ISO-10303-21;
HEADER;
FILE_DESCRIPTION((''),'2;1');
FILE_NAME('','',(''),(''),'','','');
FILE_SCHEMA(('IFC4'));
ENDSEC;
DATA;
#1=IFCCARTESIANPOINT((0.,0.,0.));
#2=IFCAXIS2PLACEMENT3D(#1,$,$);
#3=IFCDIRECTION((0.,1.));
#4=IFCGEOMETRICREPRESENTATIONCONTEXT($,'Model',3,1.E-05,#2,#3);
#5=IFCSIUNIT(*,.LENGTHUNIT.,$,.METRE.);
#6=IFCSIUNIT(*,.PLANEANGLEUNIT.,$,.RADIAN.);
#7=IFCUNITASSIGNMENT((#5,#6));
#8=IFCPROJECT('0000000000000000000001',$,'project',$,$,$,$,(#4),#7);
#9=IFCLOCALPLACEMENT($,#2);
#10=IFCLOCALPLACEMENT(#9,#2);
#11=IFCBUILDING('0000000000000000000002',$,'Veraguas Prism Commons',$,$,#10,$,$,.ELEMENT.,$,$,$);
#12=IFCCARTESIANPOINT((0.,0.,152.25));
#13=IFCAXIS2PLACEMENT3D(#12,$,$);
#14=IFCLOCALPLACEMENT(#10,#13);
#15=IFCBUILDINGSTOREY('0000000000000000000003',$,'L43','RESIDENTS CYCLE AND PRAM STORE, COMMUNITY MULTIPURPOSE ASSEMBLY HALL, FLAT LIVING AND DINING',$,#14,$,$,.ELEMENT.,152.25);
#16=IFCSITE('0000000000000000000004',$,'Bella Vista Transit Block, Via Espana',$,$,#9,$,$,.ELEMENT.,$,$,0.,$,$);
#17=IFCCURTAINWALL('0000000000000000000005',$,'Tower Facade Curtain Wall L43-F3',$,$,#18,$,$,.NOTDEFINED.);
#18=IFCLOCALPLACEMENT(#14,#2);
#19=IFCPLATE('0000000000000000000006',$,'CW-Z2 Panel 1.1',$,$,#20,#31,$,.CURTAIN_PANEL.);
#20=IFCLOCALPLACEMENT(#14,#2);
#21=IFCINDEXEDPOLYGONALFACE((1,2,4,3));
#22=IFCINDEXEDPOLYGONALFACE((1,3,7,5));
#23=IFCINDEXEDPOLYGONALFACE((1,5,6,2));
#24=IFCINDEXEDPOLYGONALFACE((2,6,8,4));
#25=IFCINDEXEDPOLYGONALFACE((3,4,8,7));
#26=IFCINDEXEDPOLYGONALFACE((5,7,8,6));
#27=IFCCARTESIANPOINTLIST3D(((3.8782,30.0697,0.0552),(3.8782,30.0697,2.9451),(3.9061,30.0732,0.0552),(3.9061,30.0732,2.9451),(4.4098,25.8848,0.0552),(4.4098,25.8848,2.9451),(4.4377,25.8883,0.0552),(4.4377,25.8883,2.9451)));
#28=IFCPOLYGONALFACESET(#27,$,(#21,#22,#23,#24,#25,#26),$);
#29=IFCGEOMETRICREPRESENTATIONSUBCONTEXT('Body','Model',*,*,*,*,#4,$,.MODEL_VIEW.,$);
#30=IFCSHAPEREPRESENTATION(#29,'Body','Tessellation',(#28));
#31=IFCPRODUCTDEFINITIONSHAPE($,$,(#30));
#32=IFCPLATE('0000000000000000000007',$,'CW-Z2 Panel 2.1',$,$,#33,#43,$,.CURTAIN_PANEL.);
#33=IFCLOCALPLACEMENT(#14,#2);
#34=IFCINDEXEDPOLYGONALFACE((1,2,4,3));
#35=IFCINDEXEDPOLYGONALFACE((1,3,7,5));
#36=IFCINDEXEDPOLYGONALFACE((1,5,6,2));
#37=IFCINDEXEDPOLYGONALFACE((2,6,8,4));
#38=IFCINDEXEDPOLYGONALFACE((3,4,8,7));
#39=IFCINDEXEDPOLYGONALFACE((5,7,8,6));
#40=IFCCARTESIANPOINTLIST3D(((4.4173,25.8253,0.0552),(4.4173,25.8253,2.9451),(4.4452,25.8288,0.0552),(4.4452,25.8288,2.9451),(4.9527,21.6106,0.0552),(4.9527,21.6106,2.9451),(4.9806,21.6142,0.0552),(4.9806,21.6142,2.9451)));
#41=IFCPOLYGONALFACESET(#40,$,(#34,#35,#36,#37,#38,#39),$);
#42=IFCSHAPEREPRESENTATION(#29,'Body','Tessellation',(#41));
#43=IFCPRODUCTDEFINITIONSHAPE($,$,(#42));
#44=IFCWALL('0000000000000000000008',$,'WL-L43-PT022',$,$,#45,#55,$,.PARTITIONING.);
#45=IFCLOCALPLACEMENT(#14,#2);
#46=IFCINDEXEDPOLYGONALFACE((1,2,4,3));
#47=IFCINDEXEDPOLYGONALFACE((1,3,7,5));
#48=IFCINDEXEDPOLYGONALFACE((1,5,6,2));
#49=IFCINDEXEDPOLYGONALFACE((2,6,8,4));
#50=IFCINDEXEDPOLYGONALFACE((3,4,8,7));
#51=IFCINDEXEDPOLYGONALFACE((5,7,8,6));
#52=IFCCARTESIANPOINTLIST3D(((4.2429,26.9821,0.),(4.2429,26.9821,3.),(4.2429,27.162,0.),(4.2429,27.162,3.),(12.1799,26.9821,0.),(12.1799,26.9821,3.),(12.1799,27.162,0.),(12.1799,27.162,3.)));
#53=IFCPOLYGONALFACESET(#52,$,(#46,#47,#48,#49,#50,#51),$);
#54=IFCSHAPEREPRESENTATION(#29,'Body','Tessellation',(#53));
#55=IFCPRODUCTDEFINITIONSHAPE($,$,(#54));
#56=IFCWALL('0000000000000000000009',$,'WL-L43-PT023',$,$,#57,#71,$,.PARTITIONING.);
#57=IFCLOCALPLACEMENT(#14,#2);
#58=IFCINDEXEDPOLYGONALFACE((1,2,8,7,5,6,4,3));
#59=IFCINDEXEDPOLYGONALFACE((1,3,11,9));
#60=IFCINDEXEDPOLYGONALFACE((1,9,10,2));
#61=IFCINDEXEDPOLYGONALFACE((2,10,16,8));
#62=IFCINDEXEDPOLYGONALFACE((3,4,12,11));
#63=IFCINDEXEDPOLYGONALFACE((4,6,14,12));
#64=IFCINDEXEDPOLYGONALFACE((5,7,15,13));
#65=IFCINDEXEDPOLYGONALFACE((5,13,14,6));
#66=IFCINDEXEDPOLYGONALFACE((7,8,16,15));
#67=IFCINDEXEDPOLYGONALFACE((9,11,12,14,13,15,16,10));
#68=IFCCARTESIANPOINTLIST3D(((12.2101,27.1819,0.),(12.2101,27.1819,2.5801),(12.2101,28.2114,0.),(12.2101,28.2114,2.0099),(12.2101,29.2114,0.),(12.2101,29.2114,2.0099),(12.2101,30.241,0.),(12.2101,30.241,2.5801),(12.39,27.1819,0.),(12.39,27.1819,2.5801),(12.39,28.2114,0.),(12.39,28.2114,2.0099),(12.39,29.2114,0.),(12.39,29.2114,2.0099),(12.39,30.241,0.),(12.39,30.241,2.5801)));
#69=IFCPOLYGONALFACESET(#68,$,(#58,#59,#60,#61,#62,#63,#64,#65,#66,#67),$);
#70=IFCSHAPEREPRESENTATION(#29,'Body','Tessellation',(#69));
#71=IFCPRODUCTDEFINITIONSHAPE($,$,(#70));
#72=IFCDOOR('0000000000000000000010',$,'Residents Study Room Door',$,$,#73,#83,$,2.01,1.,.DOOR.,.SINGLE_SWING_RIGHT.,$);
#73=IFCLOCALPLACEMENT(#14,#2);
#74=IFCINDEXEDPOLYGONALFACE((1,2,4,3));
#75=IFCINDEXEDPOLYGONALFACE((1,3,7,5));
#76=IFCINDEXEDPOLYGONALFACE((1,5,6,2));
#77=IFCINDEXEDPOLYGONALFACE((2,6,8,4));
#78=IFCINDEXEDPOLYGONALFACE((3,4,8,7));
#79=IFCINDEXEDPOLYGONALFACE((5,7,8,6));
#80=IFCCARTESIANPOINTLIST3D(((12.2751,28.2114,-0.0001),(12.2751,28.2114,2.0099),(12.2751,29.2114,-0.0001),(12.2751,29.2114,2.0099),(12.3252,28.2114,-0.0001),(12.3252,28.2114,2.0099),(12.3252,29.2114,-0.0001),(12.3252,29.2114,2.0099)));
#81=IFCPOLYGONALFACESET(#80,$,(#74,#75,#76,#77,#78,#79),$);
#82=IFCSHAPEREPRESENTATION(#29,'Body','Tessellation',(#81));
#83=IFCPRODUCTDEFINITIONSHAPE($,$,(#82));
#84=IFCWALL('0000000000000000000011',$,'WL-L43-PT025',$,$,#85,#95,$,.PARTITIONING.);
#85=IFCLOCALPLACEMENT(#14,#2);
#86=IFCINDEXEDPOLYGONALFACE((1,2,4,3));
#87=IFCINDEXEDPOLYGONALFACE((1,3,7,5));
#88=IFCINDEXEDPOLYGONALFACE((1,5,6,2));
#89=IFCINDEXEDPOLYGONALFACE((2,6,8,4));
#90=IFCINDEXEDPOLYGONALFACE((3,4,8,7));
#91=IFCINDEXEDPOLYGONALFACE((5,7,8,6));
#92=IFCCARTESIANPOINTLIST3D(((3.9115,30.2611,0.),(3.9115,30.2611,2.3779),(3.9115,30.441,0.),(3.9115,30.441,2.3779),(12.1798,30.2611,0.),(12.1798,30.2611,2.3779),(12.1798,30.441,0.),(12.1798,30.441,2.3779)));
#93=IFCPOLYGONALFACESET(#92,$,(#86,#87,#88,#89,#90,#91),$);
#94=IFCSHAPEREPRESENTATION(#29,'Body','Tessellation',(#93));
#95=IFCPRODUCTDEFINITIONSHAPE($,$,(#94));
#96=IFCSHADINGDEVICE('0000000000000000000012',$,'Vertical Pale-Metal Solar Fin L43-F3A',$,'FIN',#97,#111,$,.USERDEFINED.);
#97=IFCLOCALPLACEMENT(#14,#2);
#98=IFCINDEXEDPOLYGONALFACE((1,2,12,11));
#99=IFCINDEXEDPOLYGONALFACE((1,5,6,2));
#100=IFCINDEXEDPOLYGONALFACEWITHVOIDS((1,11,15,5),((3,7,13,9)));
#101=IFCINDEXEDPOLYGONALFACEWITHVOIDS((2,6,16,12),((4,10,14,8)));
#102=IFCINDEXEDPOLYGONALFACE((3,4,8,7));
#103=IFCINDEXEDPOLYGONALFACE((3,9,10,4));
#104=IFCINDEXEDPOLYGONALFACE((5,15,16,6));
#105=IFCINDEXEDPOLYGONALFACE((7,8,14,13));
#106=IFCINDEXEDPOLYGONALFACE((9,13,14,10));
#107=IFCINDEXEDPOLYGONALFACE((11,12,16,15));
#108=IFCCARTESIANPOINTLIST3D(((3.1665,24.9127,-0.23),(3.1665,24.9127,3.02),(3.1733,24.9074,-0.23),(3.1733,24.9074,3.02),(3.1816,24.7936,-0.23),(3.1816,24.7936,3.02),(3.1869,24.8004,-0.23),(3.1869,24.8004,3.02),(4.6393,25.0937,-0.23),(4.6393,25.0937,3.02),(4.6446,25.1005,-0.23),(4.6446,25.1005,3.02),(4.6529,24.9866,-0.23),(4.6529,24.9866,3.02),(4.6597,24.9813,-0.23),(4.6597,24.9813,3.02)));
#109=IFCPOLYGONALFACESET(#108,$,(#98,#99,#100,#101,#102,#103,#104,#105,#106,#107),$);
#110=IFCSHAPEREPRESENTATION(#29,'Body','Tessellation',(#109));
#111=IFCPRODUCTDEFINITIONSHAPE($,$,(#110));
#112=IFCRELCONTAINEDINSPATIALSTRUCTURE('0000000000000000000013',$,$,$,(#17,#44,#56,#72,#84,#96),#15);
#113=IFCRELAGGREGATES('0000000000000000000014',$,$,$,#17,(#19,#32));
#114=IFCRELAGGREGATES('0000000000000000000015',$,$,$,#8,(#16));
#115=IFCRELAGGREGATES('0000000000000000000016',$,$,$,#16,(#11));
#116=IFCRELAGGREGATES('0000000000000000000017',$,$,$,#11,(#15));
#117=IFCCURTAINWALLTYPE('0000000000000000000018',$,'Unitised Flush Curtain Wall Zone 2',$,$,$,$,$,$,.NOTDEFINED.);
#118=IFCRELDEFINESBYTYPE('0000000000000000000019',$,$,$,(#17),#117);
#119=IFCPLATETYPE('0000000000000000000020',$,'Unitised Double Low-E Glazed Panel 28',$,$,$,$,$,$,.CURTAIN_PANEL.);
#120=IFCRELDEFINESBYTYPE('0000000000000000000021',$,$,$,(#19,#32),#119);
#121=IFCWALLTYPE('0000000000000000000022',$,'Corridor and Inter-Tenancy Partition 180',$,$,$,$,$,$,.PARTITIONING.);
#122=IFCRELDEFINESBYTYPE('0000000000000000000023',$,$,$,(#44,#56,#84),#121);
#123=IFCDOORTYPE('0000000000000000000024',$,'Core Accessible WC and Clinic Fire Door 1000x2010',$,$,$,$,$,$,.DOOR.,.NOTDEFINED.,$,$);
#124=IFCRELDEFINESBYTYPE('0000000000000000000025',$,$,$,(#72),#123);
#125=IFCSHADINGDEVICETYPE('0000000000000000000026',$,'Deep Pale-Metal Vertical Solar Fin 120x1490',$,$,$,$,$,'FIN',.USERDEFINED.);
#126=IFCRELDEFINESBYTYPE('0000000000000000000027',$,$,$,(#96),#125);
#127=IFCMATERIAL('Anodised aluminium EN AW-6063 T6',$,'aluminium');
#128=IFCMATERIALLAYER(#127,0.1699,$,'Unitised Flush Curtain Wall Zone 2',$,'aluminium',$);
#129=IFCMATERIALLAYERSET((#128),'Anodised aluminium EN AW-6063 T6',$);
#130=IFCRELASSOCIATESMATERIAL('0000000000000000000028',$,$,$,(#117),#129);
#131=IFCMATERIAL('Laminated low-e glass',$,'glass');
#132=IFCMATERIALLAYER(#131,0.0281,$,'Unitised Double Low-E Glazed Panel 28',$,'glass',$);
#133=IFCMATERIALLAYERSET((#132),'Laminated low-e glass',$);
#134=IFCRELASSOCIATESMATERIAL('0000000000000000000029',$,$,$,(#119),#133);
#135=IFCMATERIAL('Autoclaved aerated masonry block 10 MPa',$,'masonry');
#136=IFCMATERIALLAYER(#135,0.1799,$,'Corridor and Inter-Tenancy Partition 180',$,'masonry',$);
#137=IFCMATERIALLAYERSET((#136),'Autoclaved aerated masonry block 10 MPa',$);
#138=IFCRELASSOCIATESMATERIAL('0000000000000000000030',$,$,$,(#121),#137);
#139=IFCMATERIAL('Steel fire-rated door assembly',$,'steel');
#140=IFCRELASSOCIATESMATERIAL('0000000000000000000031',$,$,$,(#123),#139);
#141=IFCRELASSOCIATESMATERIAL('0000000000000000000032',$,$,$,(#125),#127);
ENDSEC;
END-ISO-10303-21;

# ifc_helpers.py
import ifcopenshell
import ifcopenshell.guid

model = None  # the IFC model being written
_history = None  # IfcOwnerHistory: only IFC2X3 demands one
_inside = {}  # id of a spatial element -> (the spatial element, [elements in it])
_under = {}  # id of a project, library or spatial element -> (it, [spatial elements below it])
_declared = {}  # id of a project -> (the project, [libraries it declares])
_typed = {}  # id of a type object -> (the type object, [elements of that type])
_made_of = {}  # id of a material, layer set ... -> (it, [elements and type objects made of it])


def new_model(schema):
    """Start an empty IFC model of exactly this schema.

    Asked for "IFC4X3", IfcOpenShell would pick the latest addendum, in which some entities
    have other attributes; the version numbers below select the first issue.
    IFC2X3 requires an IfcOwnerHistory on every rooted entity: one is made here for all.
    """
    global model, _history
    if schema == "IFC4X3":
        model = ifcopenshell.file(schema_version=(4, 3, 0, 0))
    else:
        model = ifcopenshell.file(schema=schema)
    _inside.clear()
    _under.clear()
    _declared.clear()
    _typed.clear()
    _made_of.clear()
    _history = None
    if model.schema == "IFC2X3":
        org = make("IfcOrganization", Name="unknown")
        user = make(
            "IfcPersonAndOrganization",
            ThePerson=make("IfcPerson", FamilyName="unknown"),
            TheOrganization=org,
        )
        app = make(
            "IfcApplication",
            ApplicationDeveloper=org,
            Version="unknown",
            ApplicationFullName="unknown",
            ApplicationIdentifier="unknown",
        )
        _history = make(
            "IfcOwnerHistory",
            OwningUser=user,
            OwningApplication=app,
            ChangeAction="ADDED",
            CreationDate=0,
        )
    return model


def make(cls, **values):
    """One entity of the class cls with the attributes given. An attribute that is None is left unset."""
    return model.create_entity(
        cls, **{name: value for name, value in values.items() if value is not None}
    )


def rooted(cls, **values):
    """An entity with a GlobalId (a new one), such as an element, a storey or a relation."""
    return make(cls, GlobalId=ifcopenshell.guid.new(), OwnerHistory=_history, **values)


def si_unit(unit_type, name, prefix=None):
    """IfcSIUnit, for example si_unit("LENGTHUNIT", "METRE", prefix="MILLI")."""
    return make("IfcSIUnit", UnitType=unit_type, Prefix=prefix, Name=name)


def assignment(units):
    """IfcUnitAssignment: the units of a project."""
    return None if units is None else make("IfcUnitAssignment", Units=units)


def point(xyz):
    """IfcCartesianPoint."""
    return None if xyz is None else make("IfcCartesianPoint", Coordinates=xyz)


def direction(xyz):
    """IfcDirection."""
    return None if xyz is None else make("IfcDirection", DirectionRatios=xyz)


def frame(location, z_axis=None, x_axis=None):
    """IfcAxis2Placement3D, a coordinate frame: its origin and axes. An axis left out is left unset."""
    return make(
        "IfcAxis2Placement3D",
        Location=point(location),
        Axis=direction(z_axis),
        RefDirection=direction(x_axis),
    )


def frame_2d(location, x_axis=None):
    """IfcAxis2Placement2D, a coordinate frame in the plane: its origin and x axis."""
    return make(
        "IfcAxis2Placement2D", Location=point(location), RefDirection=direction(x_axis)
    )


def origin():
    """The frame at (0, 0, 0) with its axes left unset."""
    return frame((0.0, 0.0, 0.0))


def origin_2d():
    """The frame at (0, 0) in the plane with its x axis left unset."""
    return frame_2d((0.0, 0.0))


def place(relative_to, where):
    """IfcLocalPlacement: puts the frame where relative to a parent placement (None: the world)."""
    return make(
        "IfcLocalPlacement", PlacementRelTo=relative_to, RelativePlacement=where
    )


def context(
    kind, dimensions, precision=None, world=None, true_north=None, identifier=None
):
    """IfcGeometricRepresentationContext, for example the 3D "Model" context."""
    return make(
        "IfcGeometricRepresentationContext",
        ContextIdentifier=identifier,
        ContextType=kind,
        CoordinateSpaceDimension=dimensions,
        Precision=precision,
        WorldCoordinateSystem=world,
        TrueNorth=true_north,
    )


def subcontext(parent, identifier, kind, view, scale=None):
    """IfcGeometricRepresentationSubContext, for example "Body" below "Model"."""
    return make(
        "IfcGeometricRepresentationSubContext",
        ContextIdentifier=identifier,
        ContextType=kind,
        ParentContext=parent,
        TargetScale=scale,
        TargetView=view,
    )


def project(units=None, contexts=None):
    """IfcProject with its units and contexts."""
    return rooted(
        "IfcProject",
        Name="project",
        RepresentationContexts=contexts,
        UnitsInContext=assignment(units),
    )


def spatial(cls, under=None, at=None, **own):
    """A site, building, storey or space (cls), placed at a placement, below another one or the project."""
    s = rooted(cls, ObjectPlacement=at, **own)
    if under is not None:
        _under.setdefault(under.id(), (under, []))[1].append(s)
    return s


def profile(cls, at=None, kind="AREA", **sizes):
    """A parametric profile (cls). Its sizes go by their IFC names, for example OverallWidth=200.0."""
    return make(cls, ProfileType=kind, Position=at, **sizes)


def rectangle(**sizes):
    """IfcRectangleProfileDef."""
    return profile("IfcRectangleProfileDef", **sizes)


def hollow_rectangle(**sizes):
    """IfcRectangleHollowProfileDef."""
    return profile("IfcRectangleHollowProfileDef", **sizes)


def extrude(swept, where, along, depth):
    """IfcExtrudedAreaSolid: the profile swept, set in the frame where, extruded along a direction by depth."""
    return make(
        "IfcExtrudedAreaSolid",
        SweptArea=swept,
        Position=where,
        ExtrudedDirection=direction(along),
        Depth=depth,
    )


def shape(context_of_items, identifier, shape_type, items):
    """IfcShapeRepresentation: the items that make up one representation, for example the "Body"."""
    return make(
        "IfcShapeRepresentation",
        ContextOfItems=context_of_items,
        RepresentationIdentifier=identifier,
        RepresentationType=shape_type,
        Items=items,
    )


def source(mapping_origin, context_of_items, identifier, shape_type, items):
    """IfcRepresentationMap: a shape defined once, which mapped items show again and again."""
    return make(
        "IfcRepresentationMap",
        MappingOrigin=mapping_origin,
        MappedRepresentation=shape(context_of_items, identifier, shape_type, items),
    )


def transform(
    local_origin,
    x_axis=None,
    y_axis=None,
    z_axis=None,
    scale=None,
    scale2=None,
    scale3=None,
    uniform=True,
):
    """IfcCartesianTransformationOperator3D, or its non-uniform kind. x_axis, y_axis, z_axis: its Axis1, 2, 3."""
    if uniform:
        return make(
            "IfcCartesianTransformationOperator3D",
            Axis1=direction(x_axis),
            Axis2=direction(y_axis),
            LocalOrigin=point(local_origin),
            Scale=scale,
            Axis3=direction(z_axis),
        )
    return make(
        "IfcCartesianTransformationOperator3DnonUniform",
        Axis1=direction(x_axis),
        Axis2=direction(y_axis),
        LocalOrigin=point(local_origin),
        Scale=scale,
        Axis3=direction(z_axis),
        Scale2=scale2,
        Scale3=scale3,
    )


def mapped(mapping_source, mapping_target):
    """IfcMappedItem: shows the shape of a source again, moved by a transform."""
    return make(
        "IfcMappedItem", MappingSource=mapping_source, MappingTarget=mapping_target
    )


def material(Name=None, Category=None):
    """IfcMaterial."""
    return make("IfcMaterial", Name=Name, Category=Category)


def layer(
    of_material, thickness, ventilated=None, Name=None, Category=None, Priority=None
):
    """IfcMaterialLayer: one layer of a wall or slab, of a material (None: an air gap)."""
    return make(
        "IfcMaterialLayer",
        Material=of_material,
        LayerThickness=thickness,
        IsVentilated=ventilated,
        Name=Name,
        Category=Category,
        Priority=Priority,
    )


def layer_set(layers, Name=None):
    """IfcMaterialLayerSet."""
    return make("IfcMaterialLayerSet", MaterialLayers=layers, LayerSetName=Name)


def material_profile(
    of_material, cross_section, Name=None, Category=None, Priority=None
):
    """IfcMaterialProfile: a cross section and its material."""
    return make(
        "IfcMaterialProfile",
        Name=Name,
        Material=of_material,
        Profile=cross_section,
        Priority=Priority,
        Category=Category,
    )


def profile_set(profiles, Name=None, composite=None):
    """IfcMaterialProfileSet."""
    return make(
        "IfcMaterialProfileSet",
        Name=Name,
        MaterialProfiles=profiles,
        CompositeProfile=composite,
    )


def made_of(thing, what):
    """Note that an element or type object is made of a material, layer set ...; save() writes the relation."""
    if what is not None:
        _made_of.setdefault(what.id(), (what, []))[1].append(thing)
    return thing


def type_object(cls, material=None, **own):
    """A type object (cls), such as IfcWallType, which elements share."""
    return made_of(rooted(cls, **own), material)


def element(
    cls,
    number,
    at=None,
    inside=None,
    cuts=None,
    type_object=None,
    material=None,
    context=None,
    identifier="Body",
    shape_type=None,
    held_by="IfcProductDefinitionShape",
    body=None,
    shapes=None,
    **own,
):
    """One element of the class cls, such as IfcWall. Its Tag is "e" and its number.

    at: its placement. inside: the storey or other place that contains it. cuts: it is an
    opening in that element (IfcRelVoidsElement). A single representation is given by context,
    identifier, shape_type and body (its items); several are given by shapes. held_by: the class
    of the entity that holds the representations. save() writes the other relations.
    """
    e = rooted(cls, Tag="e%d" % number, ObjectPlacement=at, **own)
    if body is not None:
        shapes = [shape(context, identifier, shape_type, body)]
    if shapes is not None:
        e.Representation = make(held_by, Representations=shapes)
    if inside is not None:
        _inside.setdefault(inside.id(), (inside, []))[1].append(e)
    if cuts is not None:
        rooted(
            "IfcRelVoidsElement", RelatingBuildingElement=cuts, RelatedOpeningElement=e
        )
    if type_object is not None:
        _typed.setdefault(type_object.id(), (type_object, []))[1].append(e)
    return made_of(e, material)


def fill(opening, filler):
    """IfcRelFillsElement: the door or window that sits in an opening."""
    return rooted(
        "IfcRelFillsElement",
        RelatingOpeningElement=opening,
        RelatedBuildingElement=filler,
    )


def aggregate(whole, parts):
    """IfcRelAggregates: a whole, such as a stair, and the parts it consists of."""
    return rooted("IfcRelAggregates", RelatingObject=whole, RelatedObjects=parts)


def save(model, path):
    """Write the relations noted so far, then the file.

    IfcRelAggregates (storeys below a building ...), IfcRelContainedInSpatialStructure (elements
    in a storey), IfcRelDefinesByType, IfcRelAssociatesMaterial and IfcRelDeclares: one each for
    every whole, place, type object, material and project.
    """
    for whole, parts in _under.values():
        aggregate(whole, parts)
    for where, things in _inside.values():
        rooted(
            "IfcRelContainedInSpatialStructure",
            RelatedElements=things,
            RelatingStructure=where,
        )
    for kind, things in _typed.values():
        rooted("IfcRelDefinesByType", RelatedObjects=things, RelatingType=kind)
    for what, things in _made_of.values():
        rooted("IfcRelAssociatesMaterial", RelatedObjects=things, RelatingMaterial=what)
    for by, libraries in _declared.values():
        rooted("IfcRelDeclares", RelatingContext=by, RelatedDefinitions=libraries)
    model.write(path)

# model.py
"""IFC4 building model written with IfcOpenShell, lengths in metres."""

from ifc_helpers import new_model, si_unit, direction, frame, frame_2d, origin, origin_2d, place, context, subcontext, project, spatial, rectangle, hollow_rectangle, extrude, source, transform, mapped, material, layer, layer_set, material_profile, profile_set, type_object, element, fill, aggregate, save


model = new_model("IFC4")

# Units and contexts
model_context = context("Model", 3, precision=1e-05, world=origin(), true_north=direction((0.0, 1.0)))
body_context = subcontext(model_context, "Body", "Model", "MODEL_VIEW")
ifc_project = project(units=[si_unit("LENGTHUNIT", "METRE"), si_unit("PLANEANGLEUNIT", "RADIAN")], contexts=[model_context])

# Site, building, storey
site_placement = place(None, origin())
site = spatial("IfcSite", under=ifc_project, at=site_placement, Name="Bella Vista Transit Block, Via Espana", CompositionType="ELEMENT", RefElevation=0.0)
building_placement = place(site_placement, origin())
building = spatial("IfcBuilding", under=site, at=building_placement, Name="Veraguas Prism Commons", CompositionType="ELEMENT")
storey_placement = place(building_placement, frame((0.0, 0.0, 152.25)))
storey = spatial("IfcBuildingStorey", under=building, at=storey_placement, Name="L43", Description="RESIDENTS CYCLE AND PRAM STORE, COMMUNITY MULTIPURPOSE ASSEMBLY HALL, FLAT LIVING AND DINING", CompositionType="ELEMENT", Elevation=152.25)

# Curtain wall
ifc_material_1 = material(Name="Anodised aluminium EN AW-6063 T6", Category="aluminium")
ifc_layer_1 = layer(ifc_material_1, 0.1699, Name="Unitised Flush Curtain Wall Zone 2", Category="aluminium")
ifc_layer_set_1 = layer_set([ifc_layer_1], Name="Anodised aluminium EN AW-6063 T6")
curtain_wall_type = type_object("IfcCurtainWallType", Name="Unitised Flush Curtain Wall Zone 2", PredefinedType="NOTDEFINED", material=ifc_layer_set_1)
curtain_wall_1_placement = place(storey_placement, origin())
curtain_wall_1 = element("IfcCurtainWall", 1, at=curtain_wall_1_placement, inside=storey, type_object=curtain_wall_type, Name="Tower Facade Curtain Wall L43-F3", PredefinedType="NOTDEFINED")

# Plates
ifc_material_2 = material(Name="Laminated low-e glass", Category="glass")
ifc_layer_2 = layer(ifc_material_2, 0.0281, Name="Unitised Double Low-E Glazed Panel 28", Category="glass")
ifc_layer_set_2 = layer_set([ifc_layer_2], Name="Laminated low-e glass")
plate_type = type_object("IfcPlateType", Name="Unitised Double Low-E Glazed Panel 28", PredefinedType="CURTAIN_PANEL", material=ifc_layer_set_2)
shared_shape_1 = source(origin(), body_context, "Body", "SweptSolid", [
    extrude(rectangle(XDim=4.2185, YDim=0.0281, at=origin_2d()), origin(), (0.0, 0.0, 1.0), 2.8899),
])
plate_1_placement = place(storey_placement, frame((4.158, 27.979, 0.0552), z_axis=(0.0, 0.0, 1.0), x_axis=(0.126021, -0.992028, 0.0)))
plate_1 = element("IfcPlate", 2, at=plate_1_placement, type_object=plate_type, Name="CW-Z2 Panel 1.1", PredefinedType="CURTAIN_PANEL", context=body_context, shape_type="MappedRepresentation", body=[
    mapped(shared_shape_1, transform((0.0, 0.0, 0.0), scale=1.0)),
])
shared_shape_2 = source(origin(), body_context, "Body", "SweptSolid", [
    extrude(rectangle(XDim=4.2485, YDim=0.0281, at=origin_2d()), origin(), (0.0, 0.0, 1.0), 2.8899),
])
plate_2_placement = place(storey_placement, frame((4.699, 23.7197, 0.0552), z_axis=(0.0, 0.0, 1.0), x_axis=(0.126021, -0.992028, 0.0)))
plate_2 = element("IfcPlate", 3, at=plate_2_placement, type_object=plate_type, Name="CW-Z2 Panel 2.1", PredefinedType="CURTAIN_PANEL", context=body_context, shape_type="MappedRepresentation", body=[
    mapped(shared_shape_2, transform((0.0, 0.0, 0.0), scale=1.0)),
])
aggregate(curtain_wall_1, [plate_1, plate_2])

# Wall
ifc_material_3 = material(Name="Autoclaved aerated masonry block 10 MPa", Category="masonry")
ifc_layer_3 = layer(ifc_material_3, 0.1799, Name="Corridor and Inter-Tenancy Partition 180", Category="masonry")
ifc_layer_set_3 = layer_set([ifc_layer_3], Name="Autoclaved aerated masonry block 10 MPa")
wall_type = type_object("IfcWallType", Name="Corridor and Inter-Tenancy Partition 180", PredefinedType="PARTITIONING", material=ifc_layer_set_3)
wall_1_placement = place(storey_placement, frame((12.1799, 27.072, 0.0), z_axis=(0.0, 0.0, 1.0), x_axis=(-1.0, 0.0, 0.0)))
element("IfcWall", 4, at=wall_1_placement, inside=storey, type_object=wall_type, Name="WL-L43-PT022", PredefinedType="PARTITIONING", context=body_context, shape_type="SweptSolid", body=[
    extrude(rectangle(XDim=7.937, YDim=0.1799, at=frame_2d((3.9685, 0.0))), origin(), (0.0, 0.0, 1.0), 3.0),
])

# Wall, opening, door
wall_2_placement = place(storey_placement, frame((12.3, 27.1819, 0.0), z_axis=(0.0, 0.0, 1.0), x_axis=(0.0, 1.0, 0.0)))
wall_2 = element("IfcWall", 5, at=wall_2_placement, inside=storey, type_object=wall_type, Name="WL-L43-PT023", PredefinedType="PARTITIONING", context=body_context, shape_type="SweptSolid", body=[
    extrude(rectangle(XDim=3.0591, YDim=0.1799, at=frame_2d((1.5295, 0.0))), origin(), (0.0, 0.0, 1.0), 2.5801),
])
opening_placement = place(wall_2_placement, frame((1.0295, 0.0, 0.0)))
opening = element("IfcOpeningElement", 6, at=opening_placement, cuts=wall_2, PredefinedType="OPENING", context=body_context, shape_type="SweptSolid", body=[
    extrude(rectangle(XDim=1.0, YDim=2.01, at=frame_2d((0.5, 1.0049))), frame((0.0, 0.0999, 0.0), z_axis=(0.0, -1.0, 0.0), x_axis=(1.0, 0.0, 0.0)), (0.0, 0.0, 1.0), 0.2),
])
ifc_material_4 = material(Name="Steel fire-rated door assembly", Category="steel")
door_type = type_object("IfcDoorType", Name="Core Accessible WC and Clinic Fire Door 1000x2010", OperationType="NOTDEFINED", PredefinedType="DOOR", material=ifc_material_4)
shared_shape_3 = source(origin(), body_context, "Body", "SweptSolid", [
    extrude(rectangle(XDim=1.0, YDim=2.01, at=frame_2d((0.5, 1.0049))), frame((0.0, 0.0249, 0.0), z_axis=(0.0, -1.0, 0.0), x_axis=(1.0, 0.0, 0.0)), (0.0, 0.0, 1.0), 0.05),
])
door_placement = place(opening_placement, origin())
door = element("IfcDoor", 7, at=door_placement, inside=storey, type_object=door_type, Name="Residents Study Room Door", OperationType="SINGLE_SWING_RIGHT", OverallHeight=2.01, OverallWidth=1.0, PredefinedType="DOOR", context=body_context, shape_type="MappedRepresentation", body=[
    mapped(shared_shape_3, transform((0.0, 0.0, 0.0), scale=1.0)),
])
fill(opening, door)

# Wall
wall_3_placement = place(storey_placement, frame((12.1799, 30.3511, 0.0), z_axis=(0.0, 0.0, 1.0), x_axis=(-1.0, 0.0, 0.0)))
element("IfcWall", 8, at=wall_3_placement, inside=storey, type_object=wall_type, Name="WL-L43-PT025", PredefinedType="PARTITIONING", context=body_context, shape_type="SweptSolid", body=[
    extrude(rectangle(XDim=8.2683, YDim=0.1799, at=frame_2d((4.1343, 0.0))), origin(), (0.0, 0.0, 1.0), 2.3779),
])

# Shading device
ifc_material_profile_1 = material_profile(ifc_material_1, hollow_rectangle(XDim=0.1201, YDim=1.49, WallThickness=0.0061, at=origin_2d()), Name="FIN120X1490X6")
ifc_profile_set_1 = profile_set([ifc_material_profile_1], Name="Anodised aluminium EN AW-6063 T6")
shading_device_type = type_object("IfcShadingDeviceType", Name="Deep Pale-Metal Vertical Solar Fin 120x1490", ElementType="FIN", PredefinedType="USERDEFINED", material=ifc_profile_set_1)
shading_device_placement = place(storey_placement, frame((3.9131, 24.947, -0.23), z_axis=(0.0, 0.0, 1.0), x_axis=(0.126026, -0.992027, 0.0)))
element("IfcShadingDevice", 9, at=shading_device_placement, inside=storey, type_object=shading_device_type, Name="Vertical Pale-Metal Solar Fin L43-F3A", ObjectType="FIN", PredefinedType="USERDEFINED", context=body_context, shape_type="SweptSolid", body=[
    extrude(hollow_rectangle(XDim=0.1201, YDim=1.49, WallThickness=0.0061, at=origin_2d()), origin(), (0.0, 0.0, 1.0), 3.25),
])

save(model, "model.ifc")
